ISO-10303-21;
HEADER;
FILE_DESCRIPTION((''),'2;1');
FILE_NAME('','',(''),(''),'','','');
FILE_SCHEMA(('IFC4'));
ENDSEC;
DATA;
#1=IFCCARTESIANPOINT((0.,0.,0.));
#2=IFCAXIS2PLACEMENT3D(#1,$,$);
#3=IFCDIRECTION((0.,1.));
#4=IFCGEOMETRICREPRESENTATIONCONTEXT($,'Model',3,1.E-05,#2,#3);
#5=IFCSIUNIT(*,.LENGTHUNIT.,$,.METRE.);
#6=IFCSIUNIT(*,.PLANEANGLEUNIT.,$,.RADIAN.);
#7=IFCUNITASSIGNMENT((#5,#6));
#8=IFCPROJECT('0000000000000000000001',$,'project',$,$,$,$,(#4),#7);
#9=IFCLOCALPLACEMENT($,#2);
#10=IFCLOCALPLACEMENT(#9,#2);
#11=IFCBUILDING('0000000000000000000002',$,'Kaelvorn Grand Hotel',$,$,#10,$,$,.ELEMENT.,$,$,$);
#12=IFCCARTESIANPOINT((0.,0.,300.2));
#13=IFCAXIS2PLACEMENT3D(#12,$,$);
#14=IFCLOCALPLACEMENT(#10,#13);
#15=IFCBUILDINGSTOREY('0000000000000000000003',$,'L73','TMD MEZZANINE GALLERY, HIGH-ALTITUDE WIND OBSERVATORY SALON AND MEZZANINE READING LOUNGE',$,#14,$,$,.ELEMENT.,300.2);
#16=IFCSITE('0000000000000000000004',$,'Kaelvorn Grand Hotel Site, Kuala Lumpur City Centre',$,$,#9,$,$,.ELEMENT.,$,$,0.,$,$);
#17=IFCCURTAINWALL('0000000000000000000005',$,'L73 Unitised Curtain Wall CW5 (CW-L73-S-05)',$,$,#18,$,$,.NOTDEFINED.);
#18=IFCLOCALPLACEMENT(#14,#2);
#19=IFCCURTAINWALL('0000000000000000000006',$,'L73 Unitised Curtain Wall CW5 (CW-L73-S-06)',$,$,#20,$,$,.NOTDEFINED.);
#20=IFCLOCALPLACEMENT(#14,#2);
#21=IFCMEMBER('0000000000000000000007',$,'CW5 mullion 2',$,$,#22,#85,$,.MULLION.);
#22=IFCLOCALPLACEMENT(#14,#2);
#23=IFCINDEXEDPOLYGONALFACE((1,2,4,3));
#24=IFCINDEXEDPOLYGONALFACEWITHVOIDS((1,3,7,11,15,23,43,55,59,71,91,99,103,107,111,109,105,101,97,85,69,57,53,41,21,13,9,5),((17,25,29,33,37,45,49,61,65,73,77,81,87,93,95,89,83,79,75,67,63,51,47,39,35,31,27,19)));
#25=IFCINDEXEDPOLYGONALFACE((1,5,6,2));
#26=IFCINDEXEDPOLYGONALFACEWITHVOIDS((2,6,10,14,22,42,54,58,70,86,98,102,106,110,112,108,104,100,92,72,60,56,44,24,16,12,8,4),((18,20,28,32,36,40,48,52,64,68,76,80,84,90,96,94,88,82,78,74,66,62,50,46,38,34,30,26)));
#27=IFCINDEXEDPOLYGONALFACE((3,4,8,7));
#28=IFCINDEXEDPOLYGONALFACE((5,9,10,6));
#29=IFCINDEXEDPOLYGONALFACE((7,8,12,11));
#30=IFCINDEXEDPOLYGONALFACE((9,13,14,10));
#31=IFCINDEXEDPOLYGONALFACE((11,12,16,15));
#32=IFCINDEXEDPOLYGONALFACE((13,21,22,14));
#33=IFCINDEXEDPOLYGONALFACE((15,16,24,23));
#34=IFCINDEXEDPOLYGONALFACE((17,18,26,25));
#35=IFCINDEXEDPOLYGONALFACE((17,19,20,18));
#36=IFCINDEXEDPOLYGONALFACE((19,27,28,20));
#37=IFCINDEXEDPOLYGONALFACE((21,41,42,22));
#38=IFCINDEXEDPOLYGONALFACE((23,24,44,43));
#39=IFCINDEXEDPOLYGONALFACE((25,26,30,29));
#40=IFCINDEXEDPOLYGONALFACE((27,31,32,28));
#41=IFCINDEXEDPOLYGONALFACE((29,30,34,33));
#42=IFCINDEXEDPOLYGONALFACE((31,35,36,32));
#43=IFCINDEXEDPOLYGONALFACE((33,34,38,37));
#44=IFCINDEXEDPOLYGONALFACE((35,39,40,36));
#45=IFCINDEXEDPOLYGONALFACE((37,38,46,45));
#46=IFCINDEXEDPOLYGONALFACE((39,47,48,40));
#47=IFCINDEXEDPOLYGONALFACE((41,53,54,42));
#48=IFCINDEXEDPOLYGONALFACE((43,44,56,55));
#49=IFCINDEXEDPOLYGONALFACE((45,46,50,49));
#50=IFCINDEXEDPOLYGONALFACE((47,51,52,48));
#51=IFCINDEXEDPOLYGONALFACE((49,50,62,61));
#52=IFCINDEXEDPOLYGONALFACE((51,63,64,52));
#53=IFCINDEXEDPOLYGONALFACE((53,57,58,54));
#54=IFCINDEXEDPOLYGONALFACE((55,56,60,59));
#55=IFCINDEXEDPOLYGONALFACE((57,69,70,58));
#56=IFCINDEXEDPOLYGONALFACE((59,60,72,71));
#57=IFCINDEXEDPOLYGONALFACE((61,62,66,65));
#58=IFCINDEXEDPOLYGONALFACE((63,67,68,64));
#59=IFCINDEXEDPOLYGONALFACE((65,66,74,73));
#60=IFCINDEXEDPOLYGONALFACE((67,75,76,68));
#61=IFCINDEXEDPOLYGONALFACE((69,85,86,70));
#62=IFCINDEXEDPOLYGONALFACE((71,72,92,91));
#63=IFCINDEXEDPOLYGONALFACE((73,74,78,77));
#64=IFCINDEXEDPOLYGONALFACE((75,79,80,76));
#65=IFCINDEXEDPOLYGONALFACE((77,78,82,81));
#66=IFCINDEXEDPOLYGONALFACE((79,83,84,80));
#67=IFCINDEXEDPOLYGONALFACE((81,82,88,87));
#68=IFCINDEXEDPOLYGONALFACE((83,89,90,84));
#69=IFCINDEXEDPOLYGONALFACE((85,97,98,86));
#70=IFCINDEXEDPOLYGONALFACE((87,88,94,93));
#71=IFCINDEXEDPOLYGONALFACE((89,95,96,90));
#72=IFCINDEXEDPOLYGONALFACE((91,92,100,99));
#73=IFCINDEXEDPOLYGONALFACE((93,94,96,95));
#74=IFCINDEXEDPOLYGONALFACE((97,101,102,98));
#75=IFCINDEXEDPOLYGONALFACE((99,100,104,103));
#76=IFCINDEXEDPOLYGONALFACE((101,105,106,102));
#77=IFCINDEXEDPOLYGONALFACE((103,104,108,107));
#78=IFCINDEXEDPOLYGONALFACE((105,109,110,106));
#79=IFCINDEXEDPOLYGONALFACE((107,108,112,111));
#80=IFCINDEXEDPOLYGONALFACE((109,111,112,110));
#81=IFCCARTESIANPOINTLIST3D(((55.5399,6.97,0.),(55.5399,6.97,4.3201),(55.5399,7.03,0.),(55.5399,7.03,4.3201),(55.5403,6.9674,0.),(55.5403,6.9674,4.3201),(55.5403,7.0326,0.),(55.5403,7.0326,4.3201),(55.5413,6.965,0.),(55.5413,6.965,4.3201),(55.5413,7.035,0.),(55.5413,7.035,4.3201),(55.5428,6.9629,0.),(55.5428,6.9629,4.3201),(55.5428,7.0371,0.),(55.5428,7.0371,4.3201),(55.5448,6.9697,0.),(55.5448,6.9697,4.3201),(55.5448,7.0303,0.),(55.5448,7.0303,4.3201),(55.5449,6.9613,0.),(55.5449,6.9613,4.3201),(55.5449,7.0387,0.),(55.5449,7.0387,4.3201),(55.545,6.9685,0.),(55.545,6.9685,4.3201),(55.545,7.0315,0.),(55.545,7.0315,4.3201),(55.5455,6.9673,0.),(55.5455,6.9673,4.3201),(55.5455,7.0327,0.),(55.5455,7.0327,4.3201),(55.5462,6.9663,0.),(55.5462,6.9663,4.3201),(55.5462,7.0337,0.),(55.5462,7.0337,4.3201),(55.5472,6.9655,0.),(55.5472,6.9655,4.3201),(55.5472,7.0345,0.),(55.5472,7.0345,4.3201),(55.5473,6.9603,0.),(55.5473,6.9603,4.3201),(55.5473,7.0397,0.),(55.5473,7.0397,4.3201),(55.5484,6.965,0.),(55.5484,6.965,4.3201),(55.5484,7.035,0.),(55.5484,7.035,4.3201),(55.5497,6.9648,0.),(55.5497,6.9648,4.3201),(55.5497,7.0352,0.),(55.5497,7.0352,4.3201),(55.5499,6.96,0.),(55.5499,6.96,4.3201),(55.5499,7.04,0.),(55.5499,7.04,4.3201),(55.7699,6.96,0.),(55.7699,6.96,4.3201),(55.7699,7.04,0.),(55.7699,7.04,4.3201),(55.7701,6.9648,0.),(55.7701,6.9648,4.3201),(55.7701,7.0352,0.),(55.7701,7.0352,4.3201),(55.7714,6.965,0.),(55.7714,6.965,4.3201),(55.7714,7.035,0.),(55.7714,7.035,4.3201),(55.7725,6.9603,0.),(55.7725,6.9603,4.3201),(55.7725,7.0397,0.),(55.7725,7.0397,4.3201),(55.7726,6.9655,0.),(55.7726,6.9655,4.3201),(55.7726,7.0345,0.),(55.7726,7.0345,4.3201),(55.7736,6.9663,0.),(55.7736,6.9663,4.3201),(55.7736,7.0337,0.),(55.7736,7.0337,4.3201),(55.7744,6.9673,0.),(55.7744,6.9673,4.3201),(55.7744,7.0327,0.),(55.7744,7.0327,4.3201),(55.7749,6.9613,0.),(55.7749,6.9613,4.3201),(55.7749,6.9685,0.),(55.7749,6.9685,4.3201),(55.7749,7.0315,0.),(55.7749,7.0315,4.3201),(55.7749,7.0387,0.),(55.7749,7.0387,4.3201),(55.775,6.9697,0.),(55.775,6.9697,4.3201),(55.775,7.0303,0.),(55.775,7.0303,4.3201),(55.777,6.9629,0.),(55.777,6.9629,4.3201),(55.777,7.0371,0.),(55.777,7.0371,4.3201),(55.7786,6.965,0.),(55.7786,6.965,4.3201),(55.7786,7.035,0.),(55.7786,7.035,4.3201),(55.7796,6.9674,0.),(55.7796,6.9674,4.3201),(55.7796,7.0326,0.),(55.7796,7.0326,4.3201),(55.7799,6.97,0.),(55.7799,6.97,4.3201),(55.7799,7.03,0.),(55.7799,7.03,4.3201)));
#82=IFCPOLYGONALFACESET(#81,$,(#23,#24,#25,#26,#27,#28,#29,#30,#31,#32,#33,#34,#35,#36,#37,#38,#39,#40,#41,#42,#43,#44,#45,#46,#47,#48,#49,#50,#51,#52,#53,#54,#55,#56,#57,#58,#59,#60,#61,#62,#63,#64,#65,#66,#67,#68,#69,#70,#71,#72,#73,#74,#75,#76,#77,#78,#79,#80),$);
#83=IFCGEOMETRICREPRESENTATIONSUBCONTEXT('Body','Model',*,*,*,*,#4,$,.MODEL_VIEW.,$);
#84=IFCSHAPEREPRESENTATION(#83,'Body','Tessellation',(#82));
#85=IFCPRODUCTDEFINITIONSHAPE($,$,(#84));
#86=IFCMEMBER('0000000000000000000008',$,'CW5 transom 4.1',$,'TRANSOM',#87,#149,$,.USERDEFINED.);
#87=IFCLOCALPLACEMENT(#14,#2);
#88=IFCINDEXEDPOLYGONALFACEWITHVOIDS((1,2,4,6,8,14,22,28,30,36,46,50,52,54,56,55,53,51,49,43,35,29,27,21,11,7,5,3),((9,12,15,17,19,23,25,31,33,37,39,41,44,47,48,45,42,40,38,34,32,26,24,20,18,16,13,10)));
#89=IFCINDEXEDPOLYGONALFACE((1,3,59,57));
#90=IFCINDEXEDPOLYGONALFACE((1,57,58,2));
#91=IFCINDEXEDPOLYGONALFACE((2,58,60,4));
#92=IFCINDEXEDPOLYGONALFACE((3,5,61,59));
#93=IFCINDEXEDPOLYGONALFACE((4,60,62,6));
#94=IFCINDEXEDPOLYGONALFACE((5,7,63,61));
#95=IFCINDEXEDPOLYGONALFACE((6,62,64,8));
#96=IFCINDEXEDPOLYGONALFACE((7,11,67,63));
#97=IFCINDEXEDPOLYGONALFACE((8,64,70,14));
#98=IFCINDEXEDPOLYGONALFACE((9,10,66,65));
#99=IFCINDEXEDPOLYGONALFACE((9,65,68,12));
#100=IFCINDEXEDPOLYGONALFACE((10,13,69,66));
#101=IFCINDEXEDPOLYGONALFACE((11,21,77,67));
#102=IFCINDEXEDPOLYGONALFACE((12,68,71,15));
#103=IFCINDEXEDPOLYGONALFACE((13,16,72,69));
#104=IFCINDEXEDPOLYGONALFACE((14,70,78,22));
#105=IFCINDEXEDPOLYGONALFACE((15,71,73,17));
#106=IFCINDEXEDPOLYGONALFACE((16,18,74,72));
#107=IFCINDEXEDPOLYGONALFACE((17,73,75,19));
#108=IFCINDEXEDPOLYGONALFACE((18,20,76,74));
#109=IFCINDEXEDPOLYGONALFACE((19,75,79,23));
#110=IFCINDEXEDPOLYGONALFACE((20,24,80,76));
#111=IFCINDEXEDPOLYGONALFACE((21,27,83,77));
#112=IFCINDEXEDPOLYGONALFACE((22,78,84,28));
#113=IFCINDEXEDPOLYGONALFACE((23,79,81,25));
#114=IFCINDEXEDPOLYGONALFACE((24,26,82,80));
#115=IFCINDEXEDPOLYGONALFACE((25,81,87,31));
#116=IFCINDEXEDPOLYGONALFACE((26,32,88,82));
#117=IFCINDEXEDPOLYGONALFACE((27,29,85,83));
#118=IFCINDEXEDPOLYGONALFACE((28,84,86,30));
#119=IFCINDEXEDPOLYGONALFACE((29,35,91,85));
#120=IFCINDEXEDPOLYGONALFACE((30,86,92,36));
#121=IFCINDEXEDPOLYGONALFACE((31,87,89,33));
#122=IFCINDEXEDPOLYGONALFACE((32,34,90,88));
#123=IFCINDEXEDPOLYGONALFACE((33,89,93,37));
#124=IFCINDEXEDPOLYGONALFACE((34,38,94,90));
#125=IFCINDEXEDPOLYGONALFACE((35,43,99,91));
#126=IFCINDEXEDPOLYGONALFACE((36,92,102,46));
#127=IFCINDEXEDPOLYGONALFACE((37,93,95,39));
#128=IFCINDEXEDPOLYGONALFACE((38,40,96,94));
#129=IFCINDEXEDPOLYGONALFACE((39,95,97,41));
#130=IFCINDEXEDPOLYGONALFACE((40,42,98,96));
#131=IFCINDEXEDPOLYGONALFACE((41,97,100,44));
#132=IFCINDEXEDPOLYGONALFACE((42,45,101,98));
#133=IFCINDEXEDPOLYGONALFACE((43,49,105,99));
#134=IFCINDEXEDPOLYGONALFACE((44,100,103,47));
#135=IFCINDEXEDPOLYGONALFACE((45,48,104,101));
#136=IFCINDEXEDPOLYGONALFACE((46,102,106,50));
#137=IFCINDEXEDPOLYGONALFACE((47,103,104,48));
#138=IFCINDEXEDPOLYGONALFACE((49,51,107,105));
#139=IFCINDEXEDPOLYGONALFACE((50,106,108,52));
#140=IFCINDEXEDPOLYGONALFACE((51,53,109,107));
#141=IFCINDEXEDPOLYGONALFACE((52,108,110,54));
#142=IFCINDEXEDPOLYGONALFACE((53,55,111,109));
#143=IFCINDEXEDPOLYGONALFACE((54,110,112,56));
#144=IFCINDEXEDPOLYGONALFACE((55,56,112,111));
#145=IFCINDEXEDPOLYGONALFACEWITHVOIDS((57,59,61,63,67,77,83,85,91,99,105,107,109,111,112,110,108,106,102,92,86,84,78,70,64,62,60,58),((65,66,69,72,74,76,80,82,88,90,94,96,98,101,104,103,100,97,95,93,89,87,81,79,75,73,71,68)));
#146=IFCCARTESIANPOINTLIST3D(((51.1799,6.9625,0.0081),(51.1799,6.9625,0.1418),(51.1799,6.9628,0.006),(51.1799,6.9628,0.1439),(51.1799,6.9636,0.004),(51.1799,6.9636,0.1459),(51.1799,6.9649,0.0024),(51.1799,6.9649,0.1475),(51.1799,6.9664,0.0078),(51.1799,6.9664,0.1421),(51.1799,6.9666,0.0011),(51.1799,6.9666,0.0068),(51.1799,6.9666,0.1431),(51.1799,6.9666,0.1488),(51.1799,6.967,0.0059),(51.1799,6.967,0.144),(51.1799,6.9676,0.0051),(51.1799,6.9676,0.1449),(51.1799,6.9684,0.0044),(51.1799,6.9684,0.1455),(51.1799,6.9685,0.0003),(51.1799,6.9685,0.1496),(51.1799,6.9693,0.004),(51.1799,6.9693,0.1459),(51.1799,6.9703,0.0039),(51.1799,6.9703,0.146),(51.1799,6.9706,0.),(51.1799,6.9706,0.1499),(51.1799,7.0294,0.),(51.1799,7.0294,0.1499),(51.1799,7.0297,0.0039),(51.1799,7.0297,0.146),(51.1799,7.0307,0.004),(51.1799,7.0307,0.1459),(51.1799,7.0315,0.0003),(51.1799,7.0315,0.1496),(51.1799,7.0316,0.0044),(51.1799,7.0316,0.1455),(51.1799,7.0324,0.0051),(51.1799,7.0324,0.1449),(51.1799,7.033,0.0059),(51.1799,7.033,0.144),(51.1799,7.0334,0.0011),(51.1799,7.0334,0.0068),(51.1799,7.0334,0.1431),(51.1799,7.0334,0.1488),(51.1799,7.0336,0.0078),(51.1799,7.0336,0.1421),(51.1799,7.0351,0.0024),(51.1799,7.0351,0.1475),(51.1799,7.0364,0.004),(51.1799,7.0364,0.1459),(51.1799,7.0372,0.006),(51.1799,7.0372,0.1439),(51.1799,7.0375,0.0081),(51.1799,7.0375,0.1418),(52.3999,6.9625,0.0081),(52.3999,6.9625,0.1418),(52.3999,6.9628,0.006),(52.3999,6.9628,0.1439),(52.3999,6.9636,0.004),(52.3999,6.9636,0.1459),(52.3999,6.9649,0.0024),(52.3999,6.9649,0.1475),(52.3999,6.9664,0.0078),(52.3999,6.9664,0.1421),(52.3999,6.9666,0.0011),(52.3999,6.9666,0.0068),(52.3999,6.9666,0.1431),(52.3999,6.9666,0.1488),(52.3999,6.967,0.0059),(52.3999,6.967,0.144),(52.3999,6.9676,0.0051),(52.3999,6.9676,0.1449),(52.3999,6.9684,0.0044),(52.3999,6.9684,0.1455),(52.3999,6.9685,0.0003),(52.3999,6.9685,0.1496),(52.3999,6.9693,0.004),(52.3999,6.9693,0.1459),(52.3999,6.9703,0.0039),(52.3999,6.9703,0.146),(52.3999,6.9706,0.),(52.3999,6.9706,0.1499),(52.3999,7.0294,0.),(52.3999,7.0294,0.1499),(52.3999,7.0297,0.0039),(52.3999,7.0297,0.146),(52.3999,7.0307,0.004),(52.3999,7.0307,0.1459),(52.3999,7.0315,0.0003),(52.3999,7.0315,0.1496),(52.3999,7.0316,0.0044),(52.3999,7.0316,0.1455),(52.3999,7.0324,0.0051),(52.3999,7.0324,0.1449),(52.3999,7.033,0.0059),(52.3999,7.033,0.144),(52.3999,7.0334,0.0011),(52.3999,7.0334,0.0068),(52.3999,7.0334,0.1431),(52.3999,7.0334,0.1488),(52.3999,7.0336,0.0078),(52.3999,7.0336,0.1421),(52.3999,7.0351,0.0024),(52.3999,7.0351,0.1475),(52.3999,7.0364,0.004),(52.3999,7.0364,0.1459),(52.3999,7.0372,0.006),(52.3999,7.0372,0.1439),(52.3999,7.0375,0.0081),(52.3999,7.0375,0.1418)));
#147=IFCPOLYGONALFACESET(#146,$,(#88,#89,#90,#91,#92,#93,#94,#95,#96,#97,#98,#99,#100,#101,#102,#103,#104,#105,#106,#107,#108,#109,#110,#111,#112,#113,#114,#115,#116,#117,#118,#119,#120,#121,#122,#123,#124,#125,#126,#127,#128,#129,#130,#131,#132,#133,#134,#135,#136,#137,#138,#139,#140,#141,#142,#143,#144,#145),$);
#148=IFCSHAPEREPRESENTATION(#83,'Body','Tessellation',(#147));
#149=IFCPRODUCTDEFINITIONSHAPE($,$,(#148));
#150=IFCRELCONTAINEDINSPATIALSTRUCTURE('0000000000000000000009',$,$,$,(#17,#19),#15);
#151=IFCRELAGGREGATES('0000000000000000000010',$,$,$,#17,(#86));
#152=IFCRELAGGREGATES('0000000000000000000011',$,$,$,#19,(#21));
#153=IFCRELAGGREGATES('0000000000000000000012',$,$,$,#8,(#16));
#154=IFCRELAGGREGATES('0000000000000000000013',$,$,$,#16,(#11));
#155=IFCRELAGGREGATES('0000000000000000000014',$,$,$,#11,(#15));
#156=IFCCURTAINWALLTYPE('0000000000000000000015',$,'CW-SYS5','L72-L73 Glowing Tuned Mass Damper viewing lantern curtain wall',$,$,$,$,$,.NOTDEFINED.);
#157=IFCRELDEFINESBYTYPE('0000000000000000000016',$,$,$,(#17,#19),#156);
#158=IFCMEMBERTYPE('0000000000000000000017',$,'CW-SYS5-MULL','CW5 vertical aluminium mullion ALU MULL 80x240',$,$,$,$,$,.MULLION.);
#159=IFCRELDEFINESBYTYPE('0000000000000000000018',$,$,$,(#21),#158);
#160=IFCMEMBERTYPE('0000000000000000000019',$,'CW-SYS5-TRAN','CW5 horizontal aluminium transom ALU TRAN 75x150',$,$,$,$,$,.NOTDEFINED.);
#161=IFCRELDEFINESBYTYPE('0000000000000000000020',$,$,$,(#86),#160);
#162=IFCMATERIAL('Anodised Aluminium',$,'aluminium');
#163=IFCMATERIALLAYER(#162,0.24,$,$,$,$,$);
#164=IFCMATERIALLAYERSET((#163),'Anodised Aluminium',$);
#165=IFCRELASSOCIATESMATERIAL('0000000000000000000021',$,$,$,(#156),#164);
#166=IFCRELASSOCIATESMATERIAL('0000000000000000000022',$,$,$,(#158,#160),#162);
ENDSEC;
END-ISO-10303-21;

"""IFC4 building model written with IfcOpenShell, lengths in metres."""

from ifc_helpers import new_model, si_unit, direction, frame, origin, origin_2d, place, context, subcontext, project, spatial, hollow_rectangle, extrude, material, layer, layer_set, material_profile, profile_set, type_object, element, aggregate, save


model = new_model("IFC4")

# Units and contexts
model_context = context("Model", 3, precision=1e-05, world=origin(), true_north=direction((0.0, 1.0)))
body_context = subcontext(model_context, "Body", "Model", "MODEL_VIEW")
ifc_project = project(units=[si_unit("LENGTHUNIT", "METRE"), si_unit("PLANEANGLEUNIT", "RADIAN")], contexts=[model_context])

# Site, building, storey
site_placement = place(None, origin())
site = spatial("IfcSite", under=ifc_project, at=site_placement, Name="Kaelvorn Grand Hotel Site, Kuala Lumpur City Centre", CompositionType="ELEMENT", RefElevation=0.0)
building_placement = place(site_placement, origin())
building = spatial("IfcBuilding", under=site, at=building_placement, Name="Kaelvorn Grand Hotel", CompositionType="ELEMENT")
storey_placement = place(building_placement, frame((0.0, 0.0, 300.2)))
storey = spatial("IfcBuildingStorey", under=building, at=storey_placement, Name="L73", Description="TMD MEZZANINE GALLERY, HIGH-ALTITUDE WIND OBSERVATORY SALON AND MEZZANINE READING LOUNGE", CompositionType="ELEMENT", Elevation=300.2)

# Curtain wall
ifc_material_1 = material(Name="Anodised Aluminium", Category="aluminium")
ifc_layer_1 = layer(ifc_material_1, 0.24)
ifc_layer_set_1 = layer_set([ifc_layer_1], Name="Anodised Aluminium")
curtain_wall_type = type_object("IfcCurtainWallType", Name="CW-SYS5", Description="L72-L73 Glowing Tuned Mass Damper viewing lantern curtain wall", PredefinedType="NOTDEFINED", material=ifc_layer_set_1)
curtain_wall_1_placement = place(storey_placement, origin())
curtain_wall_1 = element("IfcCurtainWall", 1, at=curtain_wall_1_placement, inside=storey, type_object=curtain_wall_type, Name="L73 Unitised Curtain Wall CW5 (CW-L73-S-05)", PredefinedType="NOTDEFINED")
ifc_material_profile_1 = material_profile(ifc_material_1, hollow_rectangle(XDim=0.0801, YDim=0.24, WallThickness=0.0049, InnerFilletRadius=0.0049, OuterFilletRadius=0.01, at=origin_2d()), Name="ALU MULL 80x240")
ifc_profile_set_1 = profile_set([ifc_material_profile_1], Name="Anodised Aluminium")
member_type_1 = type_object("IfcMemberType", Name="CW-SYS5-MULL", Description="CW5 vertical aluminium mullion ALU MULL 80x240", PredefinedType="MULLION", material=ifc_profile_set_1)

# Curtain wall, member
curtain_wall_2_placement = place(storey_placement, origin())
curtain_wall_2 = element("IfcCurtainWall", 2, at=curtain_wall_2_placement, inside=storey, type_object=curtain_wall_type, Name="L73 Unitised Curtain Wall CW5 (CW-L73-S-06)", PredefinedType="NOTDEFINED")
member_1_placement = place(storey_placement, frame((55.6599, 7.0, 0.0), z_axis=(0.0, 0.0, 1.0), x_axis=(0.0, 1.0, 0.0)))
member_1 = element("IfcMember", 3, at=member_1_placement, type_object=member_type_1, Name="CW5 mullion 2", PredefinedType="MULLION", context=body_context, shape_type="SweptSolid", body=[
    extrude(hollow_rectangle(XDim=0.0801, YDim=0.24, WallThickness=0.0049, InnerFilletRadius=0.0049, OuterFilletRadius=0.01, at=origin_2d()), origin(), (0.0, 0.0, 1.0), 4.3201),
])

# Member
ifc_material_profile_2 = material_profile(ifc_material_1, hollow_rectangle(XDim=0.075, YDim=0.1499, WallThickness=0.0039, InnerFilletRadius=0.0039, OuterFilletRadius=0.0081, at=origin_2d()), Name="ALU TRAN 75x150")
ifc_profile_set_2 = profile_set([ifc_material_profile_2], Name="Anodised Aluminium")
member_type_2 = type_object("IfcMemberType", Name="CW-SYS5-TRAN", Description="CW5 horizontal aluminium transom ALU TRAN 75x150", PredefinedType="NOTDEFINED", material=ifc_profile_set_2)
member_2_placement = place(storey_placement, frame((51.1799, 7.0, 0.075), z_axis=(1.0, 0.0, 0.0), x_axis=(0.0, 1.0, 0.0)))
member_2 = element("IfcMember", 4, at=member_2_placement, type_object=member_type_2, Name="CW5 transom 4.1", ObjectType="TRANSOM", PredefinedType="USERDEFINED", context=body_context, shape_type="SweptSolid", body=[
    extrude(hollow_rectangle(XDim=0.075, YDim=0.1499, WallThickness=0.0039, InnerFilletRadius=0.0039, OuterFilletRadius=0.0081, at=origin_2d()), origin(), (0.0, 0.0, 1.0), 1.22),
])

aggregate(curtain_wall_1, [member_2])
aggregate(curtain_wall_2, [member_1])

save(model, "model.ifc")
